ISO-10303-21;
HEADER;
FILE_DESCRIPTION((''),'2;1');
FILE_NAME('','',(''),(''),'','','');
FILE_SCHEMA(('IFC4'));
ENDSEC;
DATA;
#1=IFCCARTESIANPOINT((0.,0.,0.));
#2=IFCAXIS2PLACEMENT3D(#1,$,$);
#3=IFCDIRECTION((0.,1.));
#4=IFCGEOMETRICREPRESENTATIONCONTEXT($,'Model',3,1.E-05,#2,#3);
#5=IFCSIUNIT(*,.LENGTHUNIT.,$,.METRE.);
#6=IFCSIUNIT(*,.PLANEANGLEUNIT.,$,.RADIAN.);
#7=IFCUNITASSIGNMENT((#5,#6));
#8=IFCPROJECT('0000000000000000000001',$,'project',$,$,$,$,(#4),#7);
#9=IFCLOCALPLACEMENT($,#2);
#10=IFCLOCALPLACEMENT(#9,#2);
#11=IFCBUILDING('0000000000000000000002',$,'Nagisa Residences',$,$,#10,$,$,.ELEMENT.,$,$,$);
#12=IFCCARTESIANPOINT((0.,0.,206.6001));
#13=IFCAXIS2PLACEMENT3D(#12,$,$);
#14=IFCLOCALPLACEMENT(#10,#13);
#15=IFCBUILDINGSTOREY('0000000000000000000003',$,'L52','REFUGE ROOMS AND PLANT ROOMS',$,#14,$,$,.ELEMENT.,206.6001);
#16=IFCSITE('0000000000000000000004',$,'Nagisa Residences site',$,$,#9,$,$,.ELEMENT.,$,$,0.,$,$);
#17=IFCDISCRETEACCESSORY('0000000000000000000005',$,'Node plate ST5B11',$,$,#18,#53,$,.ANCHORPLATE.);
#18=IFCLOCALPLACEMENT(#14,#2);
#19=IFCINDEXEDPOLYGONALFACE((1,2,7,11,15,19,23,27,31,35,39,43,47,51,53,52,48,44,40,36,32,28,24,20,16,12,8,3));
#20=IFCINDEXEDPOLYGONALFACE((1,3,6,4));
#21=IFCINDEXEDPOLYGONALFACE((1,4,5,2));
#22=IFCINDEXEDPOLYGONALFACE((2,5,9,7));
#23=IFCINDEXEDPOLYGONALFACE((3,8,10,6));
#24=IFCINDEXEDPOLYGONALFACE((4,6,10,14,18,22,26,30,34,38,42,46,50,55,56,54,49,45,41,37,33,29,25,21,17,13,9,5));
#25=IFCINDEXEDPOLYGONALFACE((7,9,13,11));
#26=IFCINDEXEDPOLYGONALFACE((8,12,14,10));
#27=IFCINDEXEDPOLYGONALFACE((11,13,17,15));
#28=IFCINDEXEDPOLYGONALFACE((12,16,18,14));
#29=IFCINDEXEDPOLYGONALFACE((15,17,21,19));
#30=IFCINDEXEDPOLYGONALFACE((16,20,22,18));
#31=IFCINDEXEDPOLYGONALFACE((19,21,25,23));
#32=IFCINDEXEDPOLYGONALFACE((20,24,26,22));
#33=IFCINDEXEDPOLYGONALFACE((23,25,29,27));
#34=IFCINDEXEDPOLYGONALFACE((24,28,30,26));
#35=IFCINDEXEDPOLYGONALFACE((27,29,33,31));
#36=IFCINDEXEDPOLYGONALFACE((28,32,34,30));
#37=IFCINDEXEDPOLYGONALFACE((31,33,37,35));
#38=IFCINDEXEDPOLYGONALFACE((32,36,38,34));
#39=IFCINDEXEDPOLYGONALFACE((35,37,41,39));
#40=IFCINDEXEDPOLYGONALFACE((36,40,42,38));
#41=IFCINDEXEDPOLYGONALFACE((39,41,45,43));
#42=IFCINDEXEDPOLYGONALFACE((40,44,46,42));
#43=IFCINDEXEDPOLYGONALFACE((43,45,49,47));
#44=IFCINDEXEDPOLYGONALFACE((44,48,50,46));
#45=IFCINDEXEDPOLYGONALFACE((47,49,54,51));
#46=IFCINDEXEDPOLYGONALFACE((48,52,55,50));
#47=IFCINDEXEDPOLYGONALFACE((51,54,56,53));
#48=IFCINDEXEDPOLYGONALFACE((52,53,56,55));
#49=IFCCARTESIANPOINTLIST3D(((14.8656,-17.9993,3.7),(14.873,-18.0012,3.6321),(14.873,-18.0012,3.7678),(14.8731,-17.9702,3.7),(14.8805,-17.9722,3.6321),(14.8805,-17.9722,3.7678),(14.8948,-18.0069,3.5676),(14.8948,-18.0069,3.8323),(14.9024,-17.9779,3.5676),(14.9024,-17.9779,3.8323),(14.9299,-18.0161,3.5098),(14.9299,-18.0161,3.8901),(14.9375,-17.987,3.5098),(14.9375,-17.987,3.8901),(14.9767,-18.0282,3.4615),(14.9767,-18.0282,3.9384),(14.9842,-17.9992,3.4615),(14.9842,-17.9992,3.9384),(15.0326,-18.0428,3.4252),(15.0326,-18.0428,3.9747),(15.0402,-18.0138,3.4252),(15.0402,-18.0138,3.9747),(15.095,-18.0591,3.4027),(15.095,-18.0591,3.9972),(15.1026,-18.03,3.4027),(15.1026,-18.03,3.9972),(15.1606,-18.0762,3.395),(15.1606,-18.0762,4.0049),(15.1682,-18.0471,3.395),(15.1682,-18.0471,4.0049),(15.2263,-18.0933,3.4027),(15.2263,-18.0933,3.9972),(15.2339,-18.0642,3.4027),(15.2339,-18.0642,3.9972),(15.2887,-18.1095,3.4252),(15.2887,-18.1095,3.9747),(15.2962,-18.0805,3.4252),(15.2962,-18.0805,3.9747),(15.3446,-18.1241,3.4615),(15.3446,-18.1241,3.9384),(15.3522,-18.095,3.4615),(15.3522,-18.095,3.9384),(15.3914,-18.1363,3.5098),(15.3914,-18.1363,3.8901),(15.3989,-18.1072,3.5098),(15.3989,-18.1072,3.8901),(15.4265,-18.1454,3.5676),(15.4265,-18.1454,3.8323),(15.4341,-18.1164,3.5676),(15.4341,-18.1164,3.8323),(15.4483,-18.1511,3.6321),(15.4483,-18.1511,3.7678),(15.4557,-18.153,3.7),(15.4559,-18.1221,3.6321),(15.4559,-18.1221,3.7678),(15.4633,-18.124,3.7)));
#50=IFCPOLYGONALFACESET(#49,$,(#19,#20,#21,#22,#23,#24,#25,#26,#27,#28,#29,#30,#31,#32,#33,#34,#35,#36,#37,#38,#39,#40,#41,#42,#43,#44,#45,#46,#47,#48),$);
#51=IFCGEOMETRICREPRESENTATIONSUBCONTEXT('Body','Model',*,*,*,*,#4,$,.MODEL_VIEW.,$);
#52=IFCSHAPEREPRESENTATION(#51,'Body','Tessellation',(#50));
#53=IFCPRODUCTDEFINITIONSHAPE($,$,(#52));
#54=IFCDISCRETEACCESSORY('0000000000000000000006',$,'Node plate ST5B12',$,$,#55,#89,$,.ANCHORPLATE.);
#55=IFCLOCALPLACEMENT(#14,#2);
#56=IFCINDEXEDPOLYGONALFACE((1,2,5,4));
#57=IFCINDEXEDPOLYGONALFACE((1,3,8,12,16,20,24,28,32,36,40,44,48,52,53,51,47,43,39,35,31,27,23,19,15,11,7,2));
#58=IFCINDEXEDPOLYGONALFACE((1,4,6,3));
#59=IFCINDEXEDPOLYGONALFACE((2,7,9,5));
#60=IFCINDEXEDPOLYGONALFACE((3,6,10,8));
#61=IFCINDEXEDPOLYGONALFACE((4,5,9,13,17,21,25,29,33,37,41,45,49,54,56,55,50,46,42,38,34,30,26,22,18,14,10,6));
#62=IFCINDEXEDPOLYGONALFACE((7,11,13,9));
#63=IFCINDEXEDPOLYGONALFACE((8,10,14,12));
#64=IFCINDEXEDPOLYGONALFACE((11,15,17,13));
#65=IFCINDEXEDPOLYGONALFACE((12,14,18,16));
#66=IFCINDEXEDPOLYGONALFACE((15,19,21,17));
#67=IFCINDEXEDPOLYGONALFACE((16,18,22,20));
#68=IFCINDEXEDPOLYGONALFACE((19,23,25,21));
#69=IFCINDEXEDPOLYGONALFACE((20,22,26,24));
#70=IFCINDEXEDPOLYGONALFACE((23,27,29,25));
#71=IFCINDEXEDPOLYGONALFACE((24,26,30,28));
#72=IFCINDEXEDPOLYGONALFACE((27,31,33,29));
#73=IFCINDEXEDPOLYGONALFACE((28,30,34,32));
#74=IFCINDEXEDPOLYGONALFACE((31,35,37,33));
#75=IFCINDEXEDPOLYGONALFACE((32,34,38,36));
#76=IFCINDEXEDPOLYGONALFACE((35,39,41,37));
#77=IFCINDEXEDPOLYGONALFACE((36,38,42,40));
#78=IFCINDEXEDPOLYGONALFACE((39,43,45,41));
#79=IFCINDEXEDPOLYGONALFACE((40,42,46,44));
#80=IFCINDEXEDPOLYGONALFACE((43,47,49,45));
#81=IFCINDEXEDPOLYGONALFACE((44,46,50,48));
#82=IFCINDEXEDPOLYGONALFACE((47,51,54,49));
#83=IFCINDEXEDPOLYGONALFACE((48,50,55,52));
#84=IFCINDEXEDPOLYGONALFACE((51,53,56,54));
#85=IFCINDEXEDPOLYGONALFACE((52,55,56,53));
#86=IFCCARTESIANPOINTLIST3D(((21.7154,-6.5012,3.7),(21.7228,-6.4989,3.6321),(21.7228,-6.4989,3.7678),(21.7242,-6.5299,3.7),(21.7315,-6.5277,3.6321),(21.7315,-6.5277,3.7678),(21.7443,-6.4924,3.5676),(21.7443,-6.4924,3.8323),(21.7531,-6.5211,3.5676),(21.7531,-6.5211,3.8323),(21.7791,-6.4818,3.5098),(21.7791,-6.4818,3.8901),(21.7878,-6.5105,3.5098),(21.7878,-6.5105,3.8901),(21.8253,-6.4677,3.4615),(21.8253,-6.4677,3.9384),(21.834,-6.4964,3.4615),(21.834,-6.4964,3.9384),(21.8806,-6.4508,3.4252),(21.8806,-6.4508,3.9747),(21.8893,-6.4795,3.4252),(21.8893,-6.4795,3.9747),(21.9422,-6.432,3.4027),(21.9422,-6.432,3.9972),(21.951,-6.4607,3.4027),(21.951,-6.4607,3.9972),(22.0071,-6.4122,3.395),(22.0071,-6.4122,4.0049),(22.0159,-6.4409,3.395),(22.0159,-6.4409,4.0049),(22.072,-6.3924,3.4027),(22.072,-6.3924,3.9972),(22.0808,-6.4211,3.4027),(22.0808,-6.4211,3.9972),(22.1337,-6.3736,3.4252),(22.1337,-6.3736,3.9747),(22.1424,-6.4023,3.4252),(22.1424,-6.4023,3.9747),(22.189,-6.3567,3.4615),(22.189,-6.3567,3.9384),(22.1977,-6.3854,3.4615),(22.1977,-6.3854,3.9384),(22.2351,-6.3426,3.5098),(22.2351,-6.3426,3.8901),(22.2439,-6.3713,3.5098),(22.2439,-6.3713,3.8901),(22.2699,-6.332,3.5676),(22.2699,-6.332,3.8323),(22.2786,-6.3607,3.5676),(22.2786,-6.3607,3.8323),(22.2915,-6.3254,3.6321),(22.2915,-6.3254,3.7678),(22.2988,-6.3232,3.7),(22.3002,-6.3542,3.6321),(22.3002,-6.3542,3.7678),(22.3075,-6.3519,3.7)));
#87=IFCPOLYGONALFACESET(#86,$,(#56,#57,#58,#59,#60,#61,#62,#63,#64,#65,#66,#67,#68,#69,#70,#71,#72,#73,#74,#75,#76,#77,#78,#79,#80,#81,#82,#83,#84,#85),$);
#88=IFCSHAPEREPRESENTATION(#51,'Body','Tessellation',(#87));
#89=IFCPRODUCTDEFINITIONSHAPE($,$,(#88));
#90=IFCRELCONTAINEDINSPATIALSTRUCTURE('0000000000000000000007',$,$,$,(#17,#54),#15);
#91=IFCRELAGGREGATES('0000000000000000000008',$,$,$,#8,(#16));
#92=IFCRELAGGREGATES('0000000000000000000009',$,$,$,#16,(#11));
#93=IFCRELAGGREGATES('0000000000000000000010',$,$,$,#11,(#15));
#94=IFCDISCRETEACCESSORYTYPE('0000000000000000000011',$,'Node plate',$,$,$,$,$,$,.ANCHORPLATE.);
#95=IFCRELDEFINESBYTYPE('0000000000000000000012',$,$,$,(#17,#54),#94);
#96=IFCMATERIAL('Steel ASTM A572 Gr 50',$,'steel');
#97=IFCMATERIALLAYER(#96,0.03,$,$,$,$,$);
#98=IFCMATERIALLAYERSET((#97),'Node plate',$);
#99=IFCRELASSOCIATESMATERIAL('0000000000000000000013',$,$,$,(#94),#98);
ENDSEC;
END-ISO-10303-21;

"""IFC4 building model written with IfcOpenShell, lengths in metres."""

from ifc_helpers import new_model, si_unit, direction, frame, origin, origin_2d, place, context, subcontext, project, spatial, circle, extrude, material, layer, layer_set, type_object, element, save


model = new_model("IFC4")

# Units and contexts
model_context = context("Model", 3, precision=1e-05, world=origin(), true_north=direction((0.0, 1.0)))
body_context = subcontext(model_context, "Body", "Model", "MODEL_VIEW")
ifc_project = project(units=[si_unit("LENGTHUNIT", "METRE"), si_unit("PLANEANGLEUNIT", "RADIAN")], contexts=[model_context])

# Site, building, storey
site_placement = place(None, origin())
site = spatial("IfcSite", under=ifc_project, at=site_placement, Name="Nagisa Residences site", CompositionType="ELEMENT", RefElevation=0.0)
building_placement = place(site_placement, origin())
building = spatial("IfcBuilding", under=site, at=building_placement, Name="Nagisa Residences", CompositionType="ELEMENT")
storey_placement = place(building_placement, frame((0.0, 0.0, 206.6001)))
storey = spatial("IfcBuildingStorey", under=building, at=storey_placement, Name="L52", Description="REFUGE ROOMS AND PLANT ROOMS", CompositionType="ELEMENT", Elevation=206.6001)

# Discrete accessories
ifc_material_1 = material(Name="Steel ASTM A572 Gr 50", Category="steel")
ifc_layer_1 = layer(ifc_material_1, 0.03)
ifc_layer_set_1 = layer_set([ifc_layer_1], Name="Node plate")
discrete_accessory_type_1 = type_object("IfcDiscreteAccessoryType", Name="Node plate", PredefinedType="ANCHORPLATE", material=ifc_layer_set_1)
for number, where, z_axis, x_axis, name in (
    (1, (15.1606, -18.0762, 3.7), (0.252091, 0.967704, 0.0), (-0.967704, 0.252091, 0.0), "Node plate ST5B11"),
    (2, (22.0159, -6.4409, 3.7), (-0.291807, 0.956477, 0.0), (-0.956477, -0.291807, 0.0), "Node plate ST5B12"),
):
    element("IfcDiscreteAccessory", number, at=place(storey_placement, frame(where, z_axis=z_axis, x_axis=x_axis)), inside=storey, type_object=discrete_accessory_type_1, Name=name, PredefinedType="ANCHORPLATE", context=body_context, shape_type="SweptSolid", body=[
        extrude(circle(Radius=0.3049, at=origin_2d()), origin(), (0.0, 0.0, 1.0), 0.03),
    ])

save(model, "model.ifc")
